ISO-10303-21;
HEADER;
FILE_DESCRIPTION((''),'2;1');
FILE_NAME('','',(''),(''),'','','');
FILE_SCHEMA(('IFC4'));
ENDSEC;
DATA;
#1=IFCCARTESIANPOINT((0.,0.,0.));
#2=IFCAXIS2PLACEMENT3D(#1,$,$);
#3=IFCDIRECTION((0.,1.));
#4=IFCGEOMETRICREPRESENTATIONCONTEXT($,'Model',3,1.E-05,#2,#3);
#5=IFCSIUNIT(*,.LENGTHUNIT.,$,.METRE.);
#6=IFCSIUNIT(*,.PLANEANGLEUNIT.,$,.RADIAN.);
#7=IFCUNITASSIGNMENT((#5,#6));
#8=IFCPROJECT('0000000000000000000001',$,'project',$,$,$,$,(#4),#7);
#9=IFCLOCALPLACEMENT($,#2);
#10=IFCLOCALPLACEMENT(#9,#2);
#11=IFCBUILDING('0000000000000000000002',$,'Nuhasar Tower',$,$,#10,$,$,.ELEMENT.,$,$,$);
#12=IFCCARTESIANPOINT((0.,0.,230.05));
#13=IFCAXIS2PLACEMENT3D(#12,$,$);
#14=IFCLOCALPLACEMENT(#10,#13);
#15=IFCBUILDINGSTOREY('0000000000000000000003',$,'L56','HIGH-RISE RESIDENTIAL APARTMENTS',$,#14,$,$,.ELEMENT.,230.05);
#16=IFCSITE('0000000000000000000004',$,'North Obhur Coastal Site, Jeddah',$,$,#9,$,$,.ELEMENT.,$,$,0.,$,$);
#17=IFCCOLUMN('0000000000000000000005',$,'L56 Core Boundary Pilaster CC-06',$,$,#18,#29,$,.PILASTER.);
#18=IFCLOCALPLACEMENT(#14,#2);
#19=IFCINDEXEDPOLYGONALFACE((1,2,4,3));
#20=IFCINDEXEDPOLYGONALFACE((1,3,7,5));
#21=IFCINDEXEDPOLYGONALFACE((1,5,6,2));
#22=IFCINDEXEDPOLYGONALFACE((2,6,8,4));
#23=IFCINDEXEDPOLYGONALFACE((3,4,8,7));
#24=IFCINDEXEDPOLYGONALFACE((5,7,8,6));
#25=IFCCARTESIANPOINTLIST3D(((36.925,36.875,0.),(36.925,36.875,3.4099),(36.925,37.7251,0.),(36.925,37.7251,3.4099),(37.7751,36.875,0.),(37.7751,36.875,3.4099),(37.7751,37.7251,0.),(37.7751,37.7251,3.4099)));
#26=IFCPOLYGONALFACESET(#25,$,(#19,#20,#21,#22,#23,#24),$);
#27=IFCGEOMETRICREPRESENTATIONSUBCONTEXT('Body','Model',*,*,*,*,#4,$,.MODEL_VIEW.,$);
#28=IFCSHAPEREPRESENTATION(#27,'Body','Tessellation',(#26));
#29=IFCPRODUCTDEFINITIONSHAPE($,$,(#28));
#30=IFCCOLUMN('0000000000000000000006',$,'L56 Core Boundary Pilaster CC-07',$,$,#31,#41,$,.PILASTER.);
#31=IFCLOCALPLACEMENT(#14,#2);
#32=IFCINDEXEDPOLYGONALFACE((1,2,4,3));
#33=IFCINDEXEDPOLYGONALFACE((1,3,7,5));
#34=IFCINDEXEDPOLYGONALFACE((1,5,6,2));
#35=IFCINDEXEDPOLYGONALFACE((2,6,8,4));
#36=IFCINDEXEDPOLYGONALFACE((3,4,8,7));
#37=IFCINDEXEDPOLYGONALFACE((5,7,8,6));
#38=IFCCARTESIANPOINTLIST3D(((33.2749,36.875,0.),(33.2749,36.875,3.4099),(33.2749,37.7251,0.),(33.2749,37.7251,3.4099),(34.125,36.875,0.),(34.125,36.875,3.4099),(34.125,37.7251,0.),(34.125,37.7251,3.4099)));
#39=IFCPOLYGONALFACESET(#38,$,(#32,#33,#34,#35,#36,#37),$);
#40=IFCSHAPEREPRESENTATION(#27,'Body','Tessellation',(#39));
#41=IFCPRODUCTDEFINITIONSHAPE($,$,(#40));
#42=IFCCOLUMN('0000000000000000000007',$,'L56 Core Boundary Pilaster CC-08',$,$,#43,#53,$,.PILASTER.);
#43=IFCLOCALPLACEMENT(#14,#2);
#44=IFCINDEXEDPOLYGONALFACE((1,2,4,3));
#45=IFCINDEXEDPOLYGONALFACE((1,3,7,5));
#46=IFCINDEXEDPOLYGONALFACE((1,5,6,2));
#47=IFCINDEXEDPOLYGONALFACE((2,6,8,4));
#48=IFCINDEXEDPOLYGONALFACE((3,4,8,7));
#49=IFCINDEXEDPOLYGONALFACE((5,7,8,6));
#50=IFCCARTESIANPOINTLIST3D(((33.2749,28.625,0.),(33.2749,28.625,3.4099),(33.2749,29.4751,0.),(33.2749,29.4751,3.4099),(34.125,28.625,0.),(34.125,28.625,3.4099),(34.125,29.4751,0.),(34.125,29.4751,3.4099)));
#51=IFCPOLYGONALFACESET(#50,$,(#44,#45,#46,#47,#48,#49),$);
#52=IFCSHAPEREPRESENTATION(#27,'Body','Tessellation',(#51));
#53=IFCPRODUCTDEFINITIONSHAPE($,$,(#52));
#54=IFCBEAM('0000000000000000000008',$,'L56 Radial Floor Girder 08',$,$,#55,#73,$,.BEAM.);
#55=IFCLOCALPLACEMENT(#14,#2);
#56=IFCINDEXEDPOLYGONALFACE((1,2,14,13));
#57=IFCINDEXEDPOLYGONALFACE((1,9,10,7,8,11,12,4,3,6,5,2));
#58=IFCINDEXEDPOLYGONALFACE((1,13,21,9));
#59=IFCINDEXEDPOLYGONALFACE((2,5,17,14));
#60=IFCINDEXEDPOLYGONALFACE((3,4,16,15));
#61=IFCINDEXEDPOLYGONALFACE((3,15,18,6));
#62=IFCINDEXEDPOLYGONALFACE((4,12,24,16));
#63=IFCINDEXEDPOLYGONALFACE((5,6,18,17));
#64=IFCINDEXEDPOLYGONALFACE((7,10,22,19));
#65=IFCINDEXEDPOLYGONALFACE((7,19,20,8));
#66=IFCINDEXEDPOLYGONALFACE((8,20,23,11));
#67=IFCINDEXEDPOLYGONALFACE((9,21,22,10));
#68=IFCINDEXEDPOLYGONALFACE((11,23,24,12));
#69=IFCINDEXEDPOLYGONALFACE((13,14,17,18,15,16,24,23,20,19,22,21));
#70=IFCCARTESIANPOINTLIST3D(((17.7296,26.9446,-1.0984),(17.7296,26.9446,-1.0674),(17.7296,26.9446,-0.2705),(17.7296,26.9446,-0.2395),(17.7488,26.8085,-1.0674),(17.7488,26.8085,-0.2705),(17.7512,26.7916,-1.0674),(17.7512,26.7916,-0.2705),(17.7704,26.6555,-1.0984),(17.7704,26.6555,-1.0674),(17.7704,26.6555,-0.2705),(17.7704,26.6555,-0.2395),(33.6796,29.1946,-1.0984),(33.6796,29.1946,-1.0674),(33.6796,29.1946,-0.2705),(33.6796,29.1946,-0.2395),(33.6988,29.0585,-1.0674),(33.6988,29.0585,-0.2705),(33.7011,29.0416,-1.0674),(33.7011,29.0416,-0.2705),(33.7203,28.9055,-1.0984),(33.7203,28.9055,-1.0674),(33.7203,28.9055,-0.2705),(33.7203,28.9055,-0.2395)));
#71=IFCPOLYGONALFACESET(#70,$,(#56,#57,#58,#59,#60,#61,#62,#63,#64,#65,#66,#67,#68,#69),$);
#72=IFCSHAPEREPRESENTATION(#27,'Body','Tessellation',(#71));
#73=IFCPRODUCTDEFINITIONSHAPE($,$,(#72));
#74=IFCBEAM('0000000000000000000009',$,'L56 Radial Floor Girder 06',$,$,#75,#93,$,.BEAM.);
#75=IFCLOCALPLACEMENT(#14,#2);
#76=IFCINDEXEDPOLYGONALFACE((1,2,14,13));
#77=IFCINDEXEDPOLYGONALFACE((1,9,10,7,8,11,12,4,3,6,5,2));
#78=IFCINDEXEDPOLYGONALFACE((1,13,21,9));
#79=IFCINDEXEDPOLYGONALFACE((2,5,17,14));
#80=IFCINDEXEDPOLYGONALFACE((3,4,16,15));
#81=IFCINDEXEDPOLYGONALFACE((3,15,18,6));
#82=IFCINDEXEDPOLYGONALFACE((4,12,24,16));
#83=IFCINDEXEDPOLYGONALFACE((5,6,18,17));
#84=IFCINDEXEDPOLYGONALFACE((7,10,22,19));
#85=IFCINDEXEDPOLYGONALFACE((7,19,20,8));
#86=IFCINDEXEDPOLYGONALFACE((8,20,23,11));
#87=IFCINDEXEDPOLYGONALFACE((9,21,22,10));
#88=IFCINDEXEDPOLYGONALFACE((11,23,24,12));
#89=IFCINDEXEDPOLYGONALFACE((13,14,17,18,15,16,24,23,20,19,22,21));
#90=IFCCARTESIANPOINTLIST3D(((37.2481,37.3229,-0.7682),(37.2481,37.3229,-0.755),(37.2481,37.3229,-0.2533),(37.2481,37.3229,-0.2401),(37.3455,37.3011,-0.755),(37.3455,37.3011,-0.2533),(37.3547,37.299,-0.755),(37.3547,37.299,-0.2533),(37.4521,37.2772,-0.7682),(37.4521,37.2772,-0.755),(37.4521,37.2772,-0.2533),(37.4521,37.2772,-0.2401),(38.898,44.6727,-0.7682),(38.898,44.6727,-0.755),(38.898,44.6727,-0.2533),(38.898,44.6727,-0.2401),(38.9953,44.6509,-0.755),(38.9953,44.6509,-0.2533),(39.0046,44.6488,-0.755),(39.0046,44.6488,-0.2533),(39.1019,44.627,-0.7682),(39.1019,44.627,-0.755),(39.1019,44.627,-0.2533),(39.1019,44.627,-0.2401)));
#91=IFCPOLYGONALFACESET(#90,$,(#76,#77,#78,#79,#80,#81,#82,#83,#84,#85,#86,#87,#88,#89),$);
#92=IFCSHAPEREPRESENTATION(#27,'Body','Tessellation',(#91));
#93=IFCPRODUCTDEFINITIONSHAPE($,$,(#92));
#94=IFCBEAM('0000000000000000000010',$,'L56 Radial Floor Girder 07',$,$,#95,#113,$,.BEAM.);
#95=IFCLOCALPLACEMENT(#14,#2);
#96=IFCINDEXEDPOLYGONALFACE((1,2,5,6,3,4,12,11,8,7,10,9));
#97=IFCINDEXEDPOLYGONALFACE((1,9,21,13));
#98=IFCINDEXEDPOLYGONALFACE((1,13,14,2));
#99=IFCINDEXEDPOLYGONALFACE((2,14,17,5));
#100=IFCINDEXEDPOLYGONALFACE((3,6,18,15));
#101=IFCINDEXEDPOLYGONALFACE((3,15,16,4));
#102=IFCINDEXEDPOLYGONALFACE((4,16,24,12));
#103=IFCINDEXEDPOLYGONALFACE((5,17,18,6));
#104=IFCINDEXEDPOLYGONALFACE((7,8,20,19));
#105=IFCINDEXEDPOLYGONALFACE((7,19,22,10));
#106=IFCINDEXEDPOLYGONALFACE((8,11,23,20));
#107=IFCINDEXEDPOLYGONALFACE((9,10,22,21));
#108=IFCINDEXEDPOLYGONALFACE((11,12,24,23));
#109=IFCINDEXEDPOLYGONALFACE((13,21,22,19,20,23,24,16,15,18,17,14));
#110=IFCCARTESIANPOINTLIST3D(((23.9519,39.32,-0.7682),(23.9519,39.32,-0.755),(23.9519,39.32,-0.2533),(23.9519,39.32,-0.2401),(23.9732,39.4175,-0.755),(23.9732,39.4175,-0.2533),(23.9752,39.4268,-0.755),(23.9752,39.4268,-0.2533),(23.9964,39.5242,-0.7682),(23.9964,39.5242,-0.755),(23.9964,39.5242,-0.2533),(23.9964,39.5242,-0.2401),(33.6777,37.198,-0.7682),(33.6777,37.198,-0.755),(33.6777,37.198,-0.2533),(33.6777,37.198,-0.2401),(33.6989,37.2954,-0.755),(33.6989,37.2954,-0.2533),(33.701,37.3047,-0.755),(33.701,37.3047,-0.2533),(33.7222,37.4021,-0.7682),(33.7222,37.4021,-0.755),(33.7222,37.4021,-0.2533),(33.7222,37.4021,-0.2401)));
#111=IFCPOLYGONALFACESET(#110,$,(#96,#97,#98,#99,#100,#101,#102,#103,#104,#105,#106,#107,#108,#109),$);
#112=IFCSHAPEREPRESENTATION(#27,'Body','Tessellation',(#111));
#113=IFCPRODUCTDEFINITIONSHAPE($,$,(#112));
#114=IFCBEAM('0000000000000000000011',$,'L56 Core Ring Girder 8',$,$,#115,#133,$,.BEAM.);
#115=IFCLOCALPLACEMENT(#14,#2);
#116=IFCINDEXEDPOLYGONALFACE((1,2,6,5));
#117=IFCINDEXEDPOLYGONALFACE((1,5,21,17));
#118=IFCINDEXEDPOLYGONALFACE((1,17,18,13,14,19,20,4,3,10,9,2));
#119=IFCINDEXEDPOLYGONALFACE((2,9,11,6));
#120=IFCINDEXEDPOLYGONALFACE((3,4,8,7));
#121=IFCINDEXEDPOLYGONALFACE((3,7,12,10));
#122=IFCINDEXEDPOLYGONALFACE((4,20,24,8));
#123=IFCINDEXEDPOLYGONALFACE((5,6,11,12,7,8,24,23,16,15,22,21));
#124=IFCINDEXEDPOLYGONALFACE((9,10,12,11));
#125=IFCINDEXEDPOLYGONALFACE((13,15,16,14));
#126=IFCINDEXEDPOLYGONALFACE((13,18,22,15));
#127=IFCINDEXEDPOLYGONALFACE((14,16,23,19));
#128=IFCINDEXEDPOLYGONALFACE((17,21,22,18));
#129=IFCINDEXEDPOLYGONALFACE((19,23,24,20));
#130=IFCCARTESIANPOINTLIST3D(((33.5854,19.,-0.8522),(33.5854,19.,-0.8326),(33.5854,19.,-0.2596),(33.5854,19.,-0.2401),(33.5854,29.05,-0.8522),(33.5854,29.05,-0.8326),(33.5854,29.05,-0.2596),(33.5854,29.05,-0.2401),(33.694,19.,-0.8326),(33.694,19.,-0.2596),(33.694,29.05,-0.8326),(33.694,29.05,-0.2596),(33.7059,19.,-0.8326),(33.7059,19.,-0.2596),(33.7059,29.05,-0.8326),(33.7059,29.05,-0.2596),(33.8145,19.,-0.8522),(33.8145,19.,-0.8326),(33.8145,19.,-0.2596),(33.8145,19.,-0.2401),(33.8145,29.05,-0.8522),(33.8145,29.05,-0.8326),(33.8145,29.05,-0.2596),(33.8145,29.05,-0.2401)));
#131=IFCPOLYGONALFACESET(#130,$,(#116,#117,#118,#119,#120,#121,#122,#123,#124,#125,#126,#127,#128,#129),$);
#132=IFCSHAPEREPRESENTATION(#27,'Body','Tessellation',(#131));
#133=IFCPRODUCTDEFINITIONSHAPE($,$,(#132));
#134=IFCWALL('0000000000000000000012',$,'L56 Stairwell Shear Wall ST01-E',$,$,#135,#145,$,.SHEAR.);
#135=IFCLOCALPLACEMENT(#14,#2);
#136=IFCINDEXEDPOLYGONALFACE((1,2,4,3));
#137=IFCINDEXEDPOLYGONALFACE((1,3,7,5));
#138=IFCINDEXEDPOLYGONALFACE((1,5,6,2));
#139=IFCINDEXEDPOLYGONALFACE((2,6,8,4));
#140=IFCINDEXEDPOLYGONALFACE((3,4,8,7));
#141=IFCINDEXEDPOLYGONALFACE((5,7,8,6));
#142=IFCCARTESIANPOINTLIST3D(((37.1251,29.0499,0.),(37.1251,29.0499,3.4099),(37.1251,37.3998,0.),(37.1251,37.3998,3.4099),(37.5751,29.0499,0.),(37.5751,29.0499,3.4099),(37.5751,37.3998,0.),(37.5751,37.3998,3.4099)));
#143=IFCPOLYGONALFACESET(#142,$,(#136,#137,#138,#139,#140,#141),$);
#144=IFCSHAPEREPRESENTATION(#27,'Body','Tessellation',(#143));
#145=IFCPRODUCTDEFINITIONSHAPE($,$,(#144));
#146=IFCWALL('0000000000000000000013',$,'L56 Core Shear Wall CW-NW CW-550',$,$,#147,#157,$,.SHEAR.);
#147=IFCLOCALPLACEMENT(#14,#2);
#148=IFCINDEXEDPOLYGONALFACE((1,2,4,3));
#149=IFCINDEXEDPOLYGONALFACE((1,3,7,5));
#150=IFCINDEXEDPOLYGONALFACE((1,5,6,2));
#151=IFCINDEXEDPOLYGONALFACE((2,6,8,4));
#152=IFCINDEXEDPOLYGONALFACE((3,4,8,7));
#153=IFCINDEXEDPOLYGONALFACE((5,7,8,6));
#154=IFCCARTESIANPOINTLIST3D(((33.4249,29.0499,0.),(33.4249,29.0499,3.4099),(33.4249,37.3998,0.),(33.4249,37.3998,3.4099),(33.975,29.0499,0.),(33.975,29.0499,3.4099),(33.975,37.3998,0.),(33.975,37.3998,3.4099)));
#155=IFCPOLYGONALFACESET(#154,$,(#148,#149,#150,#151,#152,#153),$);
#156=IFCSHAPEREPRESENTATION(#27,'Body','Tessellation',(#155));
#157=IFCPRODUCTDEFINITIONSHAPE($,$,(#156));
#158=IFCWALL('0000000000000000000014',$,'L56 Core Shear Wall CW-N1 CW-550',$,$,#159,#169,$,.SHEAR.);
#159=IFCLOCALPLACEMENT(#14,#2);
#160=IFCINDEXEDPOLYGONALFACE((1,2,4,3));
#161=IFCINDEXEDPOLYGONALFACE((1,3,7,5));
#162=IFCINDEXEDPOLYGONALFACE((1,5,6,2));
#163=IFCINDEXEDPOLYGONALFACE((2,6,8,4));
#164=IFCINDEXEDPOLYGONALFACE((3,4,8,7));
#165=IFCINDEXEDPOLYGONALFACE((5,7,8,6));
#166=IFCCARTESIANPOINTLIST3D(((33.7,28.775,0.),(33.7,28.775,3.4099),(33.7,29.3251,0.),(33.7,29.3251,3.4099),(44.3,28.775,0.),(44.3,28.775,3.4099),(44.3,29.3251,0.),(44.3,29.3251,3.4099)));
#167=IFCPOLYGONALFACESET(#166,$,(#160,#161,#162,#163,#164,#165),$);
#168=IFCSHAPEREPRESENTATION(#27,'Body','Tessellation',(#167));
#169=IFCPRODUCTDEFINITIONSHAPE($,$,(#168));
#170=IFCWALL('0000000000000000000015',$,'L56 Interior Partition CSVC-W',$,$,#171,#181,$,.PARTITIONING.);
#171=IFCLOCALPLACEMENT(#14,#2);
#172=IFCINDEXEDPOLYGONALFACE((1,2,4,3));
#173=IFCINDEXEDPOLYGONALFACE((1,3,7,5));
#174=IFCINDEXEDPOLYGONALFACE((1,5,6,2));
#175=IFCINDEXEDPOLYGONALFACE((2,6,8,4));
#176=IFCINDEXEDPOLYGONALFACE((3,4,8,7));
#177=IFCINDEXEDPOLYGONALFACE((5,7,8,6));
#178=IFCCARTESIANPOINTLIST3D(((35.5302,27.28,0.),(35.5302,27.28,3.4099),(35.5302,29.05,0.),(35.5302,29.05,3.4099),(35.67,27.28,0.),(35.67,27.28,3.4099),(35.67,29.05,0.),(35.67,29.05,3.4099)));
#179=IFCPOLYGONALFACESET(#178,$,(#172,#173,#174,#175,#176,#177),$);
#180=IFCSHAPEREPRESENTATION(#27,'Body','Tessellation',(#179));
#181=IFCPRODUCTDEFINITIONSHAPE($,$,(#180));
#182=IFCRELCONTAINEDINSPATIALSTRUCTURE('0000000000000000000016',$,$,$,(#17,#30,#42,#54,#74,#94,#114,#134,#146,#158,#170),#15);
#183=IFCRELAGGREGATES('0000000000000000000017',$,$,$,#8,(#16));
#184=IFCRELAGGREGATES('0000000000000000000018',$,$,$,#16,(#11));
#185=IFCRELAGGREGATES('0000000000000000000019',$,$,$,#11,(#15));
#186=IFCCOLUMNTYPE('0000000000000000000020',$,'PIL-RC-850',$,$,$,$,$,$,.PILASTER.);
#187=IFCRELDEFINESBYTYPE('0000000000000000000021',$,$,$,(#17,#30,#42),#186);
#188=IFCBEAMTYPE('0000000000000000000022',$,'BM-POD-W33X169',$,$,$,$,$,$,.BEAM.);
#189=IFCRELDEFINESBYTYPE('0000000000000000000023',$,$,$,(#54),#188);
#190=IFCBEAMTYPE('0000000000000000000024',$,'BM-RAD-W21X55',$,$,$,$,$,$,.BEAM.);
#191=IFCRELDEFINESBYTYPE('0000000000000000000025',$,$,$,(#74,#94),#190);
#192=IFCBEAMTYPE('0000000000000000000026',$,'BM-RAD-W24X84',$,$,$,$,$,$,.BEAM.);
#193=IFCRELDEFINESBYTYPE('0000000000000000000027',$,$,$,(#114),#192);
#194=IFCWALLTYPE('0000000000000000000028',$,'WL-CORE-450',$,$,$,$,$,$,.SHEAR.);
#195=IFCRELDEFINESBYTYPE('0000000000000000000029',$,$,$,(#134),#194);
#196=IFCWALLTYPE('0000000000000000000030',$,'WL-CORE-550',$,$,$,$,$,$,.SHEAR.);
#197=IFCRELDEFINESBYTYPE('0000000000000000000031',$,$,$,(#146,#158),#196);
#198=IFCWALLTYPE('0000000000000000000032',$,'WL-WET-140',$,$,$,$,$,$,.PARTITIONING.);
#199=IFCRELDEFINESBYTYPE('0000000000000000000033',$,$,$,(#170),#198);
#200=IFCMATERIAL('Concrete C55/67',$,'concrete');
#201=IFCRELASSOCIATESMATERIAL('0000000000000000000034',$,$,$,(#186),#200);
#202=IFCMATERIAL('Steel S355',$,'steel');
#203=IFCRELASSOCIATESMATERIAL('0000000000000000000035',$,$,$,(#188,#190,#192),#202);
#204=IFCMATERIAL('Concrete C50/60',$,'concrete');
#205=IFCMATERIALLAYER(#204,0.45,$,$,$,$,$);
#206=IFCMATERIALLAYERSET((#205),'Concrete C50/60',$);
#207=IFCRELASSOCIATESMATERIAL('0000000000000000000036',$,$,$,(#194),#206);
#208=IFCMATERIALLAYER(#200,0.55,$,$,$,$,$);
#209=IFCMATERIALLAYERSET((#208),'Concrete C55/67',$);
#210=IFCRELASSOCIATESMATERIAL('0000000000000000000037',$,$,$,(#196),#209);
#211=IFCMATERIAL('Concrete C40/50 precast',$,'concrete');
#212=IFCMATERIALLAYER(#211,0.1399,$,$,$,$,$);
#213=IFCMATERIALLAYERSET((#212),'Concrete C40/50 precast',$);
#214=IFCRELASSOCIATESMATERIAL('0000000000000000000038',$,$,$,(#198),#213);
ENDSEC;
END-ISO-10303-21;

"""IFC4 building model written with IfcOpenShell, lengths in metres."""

from ifc_helpers import new_model, si_unit, direction, frame, frame_2d, origin, origin_2d, place, context, subcontext, project, spatial, rectangle, i_section, extrude, material, layer, layer_set, material_profile, profile_set, type_object, element, save


model = new_model("IFC4")

# Units and contexts
model_context = context("Model", 3, precision=1e-05, world=origin(), true_north=direction((0.0, 1.0)))
body_context = subcontext(model_context, "Body", "Model", "MODEL_VIEW")
ifc_project = project(units=[si_unit("LENGTHUNIT", "METRE"), si_unit("PLANEANGLEUNIT", "RADIAN")], contexts=[model_context])

# Site, building, storey
site_placement = place(None, origin())
site = spatial("IfcSite", under=ifc_project, at=site_placement, Name="North Obhur Coastal Site, Jeddah", CompositionType="ELEMENT", RefElevation=0.0)
building_placement = place(site_placement, origin())
building = spatial("IfcBuilding", under=site, at=building_placement, Name="Nuhasar Tower", CompositionType="ELEMENT")
storey_placement = place(building_placement, frame((0.0, 0.0, 230.05)))
storey = spatial("IfcBuildingStorey", under=building, at=storey_placement, Name="L56", Description="HIGH-RISE RESIDENTIAL APARTMENTS", CompositionType="ELEMENT", Elevation=230.05)

# Columns
ifc_material_1 = material(Name="Concrete C55/67", Category="concrete")
ifc_material_profile_1 = material_profile(ifc_material_1, rectangle(XDim=0.8501, YDim=0.8501, at=origin_2d()), Name="RC850X850")
ifc_profile_set_1 = profile_set([ifc_material_profile_1], Name="Concrete C55/67")
column_type = type_object("IfcColumnType", Name="PIL-RC-850", PredefinedType="PILASTER", material=ifc_profile_set_1)
for number, where, z_axis, x_axis, name in (
    (1, (37.3501, 37.3, 0.0), (0.0, 0.0, 1.0), (1.0, 0.0, 0.0), "L56 Core Boundary Pilaster CC-06"),
    (2, (33.7, 37.3, 0.0), (0.0, 0.0, 1.0), (1.0, 0.0, 0.0), "L56 Core Boundary Pilaster CC-07"),
    (3, (33.7, 29.05, 0.0), (0.0, 0.0, 1.0), (1.0, 0.0, 0.0), "L56 Core Boundary Pilaster CC-08"),
):
    element("IfcColumn", number, at=place(storey_placement, frame(where, z_axis=z_axis, x_axis=x_axis)), inside=storey, type_object=column_type, Name=name, PredefinedType="PILASTER", context=body_context, shape_type="SweptSolid", body=[
        extrude(rectangle(XDim=0.8501, YDim=0.8501, at=origin_2d()), origin(), (0.0, 0.0, 1.0), 3.4099),
    ])

# Beams
ifc_material_2 = material(Name="Steel S355", Category="steel")
ifc_material_profile_2 = material_profile(ifc_material_2, i_section(OverallWidth=0.292, OverallDepth=0.8589, WebThickness=0.0171, FlangeThickness=0.031, at=origin_2d()), Name="W33X169")
ifc_profile_set_2 = profile_set([ifc_material_profile_2], Name="Steel S355")
beam_type_1 = type_object("IfcBeamType", Name="BM-POD-W33X169", PredefinedType="BEAM", material=ifc_profile_set_2)
beam_1_placement = place(storey_placement, frame((33.7, 29.05, -0.6689), z_axis=(-0.990196, -0.139683, 0.0), x_axis=(0.139683, -0.990196, 0.0)))
element("IfcBeam", 4, at=beam_1_placement, inside=storey, type_object=beam_type_1, Name="L56 Radial Floor Girder 08", PredefinedType="BEAM", context=body_context, shape_type="SweptSolid", body=[
    extrude(i_section(OverallWidth=0.292, OverallDepth=0.8589, WebThickness=0.0171, FlangeThickness=0.031, at=origin_2d()), origin(), (0.0, 0.0, 1.0), 16.1079),
])
ifc_material_profile_3 = material_profile(ifc_material_2, i_section(OverallWidth=0.209, OverallDepth=0.5281, WebThickness=0.0095, FlangeThickness=0.0132, at=origin_2d()), Name="W21X55")
ifc_profile_set_3 = profile_set([ifc_material_profile_3], Name="Steel S355")
beam_type_2 = type_object("IfcBeamType", Name="BM-RAD-W21X55", PredefinedType="BEAM", material=ifc_profile_set_3)
beam_2_placement = place(storey_placement, frame((37.3501, 37.3, -0.5042), z_axis=(0.21903, 0.975718, 0.0), x_axis=(-0.975718, 0.21903, 0.0)))
element("IfcBeam", 5, at=beam_2_placement, inside=storey, type_object=beam_type_2, Name="L56 Radial Floor Girder 06", PredefinedType="BEAM", context=body_context, shape_type="SweptSolid", body=[
    extrude(i_section(OverallWidth=0.209, OverallDepth=0.5281, WebThickness=0.0095, FlangeThickness=0.0132, at=origin_2d()), origin(), (0.0, 0.0, 1.0), 7.5327),
])
beam_3_placement = place(storey_placement, frame((33.7, 37.3, -0.5042), z_axis=(-0.977014, 0.213174, 0.0), x_axis=(-0.213174, -0.977014, 0.0)))
element("IfcBeam", 6, at=beam_3_placement, inside=storey, type_object=beam_type_2, Name="L56 Radial Floor Girder 07", PredefinedType="BEAM", context=body_context, shape_type="SweptSolid", body=[
    extrude(i_section(OverallWidth=0.209, OverallDepth=0.5281, WebThickness=0.0095, FlangeThickness=0.0132, at=origin_2d()), origin(), (0.0, 0.0, 1.0), 9.9546),
])
ifc_material_profile_4 = material_profile(ifc_material_2, i_section(OverallWidth=0.229, OverallDepth=0.6121, WebThickness=0.012, FlangeThickness=0.0195, at=origin_2d()), Name="W24X84")
ifc_profile_set_4 = profile_set([ifc_material_profile_4], Name="Steel S355")
beam_type_3 = type_object("IfcBeamType", Name="BM-RAD-W24X84", PredefinedType="BEAM", material=ifc_profile_set_4)
beam_4_placement = place(storey_placement, frame((33.7, 29.05, -0.5461), z_axis=(0.0, -1.0, 0.0), x_axis=(1.0, 0.0, 0.0)))
element("IfcBeam", 7, at=beam_4_placement, inside=storey, type_object=beam_type_3, Name="L56 Core Ring Girder 8", PredefinedType="BEAM", context=body_context, shape_type="SweptSolid", body=[
    extrude(i_section(OverallWidth=0.229, OverallDepth=0.6121, WebThickness=0.012, FlangeThickness=0.0195, at=origin_2d()), origin(), (0.0, 0.0, 1.0), 10.05),
])

# Walls
ifc_material_3 = material(Name="Concrete C50/60", Category="concrete")
ifc_layer_1 = layer(ifc_material_3, 0.45)
ifc_layer_set_1 = layer_set([ifc_layer_1], Name="Concrete C50/60")
wall_type_1 = type_object("IfcWallType", Name="WL-CORE-450", PredefinedType="SHEAR", material=ifc_layer_set_1)
wall_1_placement = place(storey_placement, frame((37.3501, 29.05, 0.0), z_axis=(0.0, 0.0, 1.0), x_axis=(0.0, 1.0, 0.0)))
element("IfcWall", 8, at=wall_1_placement, inside=storey, type_object=wall_type_1, Name="L56 Stairwell Shear Wall ST01-E", PredefinedType="SHEAR", context=body_context, shape_type="SweptSolid", body=[
    extrude(rectangle(XDim=8.3499, YDim=0.45, at=frame_2d((4.1748, 0.0))), origin(), (0.0, 0.0, 1.0), 3.4099),
])
ifc_layer_2 = layer(ifc_material_1, 0.55)
ifc_layer_set_2 = layer_set([ifc_layer_2], Name="Concrete C55/67")
wall_type_2 = type_object("IfcWallType", Name="WL-CORE-550", PredefinedType="SHEAR", material=ifc_layer_set_2)
wall_2_placement = place(storey_placement, frame((33.7, 29.05, 0.0), z_axis=(0.0, 0.0, 1.0), x_axis=(0.0, 1.0, 0.0)))
element("IfcWall", 9, at=wall_2_placement, inside=storey, type_object=wall_type_2, Name="L56 Core Shear Wall CW-NW CW-550", PredefinedType="SHEAR", context=body_context, shape_type="SweptSolid", body=[
    extrude(rectangle(XDim=8.3499, YDim=0.55, at=frame_2d((4.1748, 0.0))), origin(), (0.0, 0.0, 1.0), 3.4099),
])
wall_3_placement = place(storey_placement, frame((33.7, 29.05, 0.0), z_axis=(0.0, 0.0, 1.0), x_axis=(1.0, 0.0, 0.0)))
element("IfcWall", 10, at=wall_3_placement, inside=storey, type_object=wall_type_2, Name="L56 Core Shear Wall CW-N1 CW-550", PredefinedType="SHEAR", context=body_context, shape_type="SweptSolid", body=[
    extrude(rectangle(XDim=10.6001, YDim=0.55, at=frame_2d((5.3, 0.0))), origin(), (0.0, 0.0, 1.0), 3.4099),
])
ifc_material_4 = material(Name="Concrete C40/50 precast", Category="concrete")
ifc_layer_3 = layer(ifc_material_4, 0.1399)
ifc_layer_set_3 = layer_set([ifc_layer_3], Name="Concrete C40/50 precast")
wall_type_3 = type_object("IfcWallType", Name="WL-WET-140", PredefinedType="PARTITIONING", material=ifc_layer_set_3)
wall_4_placement = place(storey_placement, frame((35.6001, 27.28, 0.0), z_axis=(0.0, 0.0, 1.0), x_axis=(0.0, 1.0, 0.0)))
element("IfcWall", 11, at=wall_4_placement, inside=storey, type_object=wall_type_3, Name="L56 Interior Partition CSVC-W", PredefinedType="PARTITIONING", context=body_context, shape_type="SweptSolid", body=[
    extrude(rectangle(XDim=1.77, YDim=0.1399, at=frame_2d((0.885, 0.0))), origin(), (0.0, 0.0, 1.0), 3.4099),
])

save(model, "model.ifc")
